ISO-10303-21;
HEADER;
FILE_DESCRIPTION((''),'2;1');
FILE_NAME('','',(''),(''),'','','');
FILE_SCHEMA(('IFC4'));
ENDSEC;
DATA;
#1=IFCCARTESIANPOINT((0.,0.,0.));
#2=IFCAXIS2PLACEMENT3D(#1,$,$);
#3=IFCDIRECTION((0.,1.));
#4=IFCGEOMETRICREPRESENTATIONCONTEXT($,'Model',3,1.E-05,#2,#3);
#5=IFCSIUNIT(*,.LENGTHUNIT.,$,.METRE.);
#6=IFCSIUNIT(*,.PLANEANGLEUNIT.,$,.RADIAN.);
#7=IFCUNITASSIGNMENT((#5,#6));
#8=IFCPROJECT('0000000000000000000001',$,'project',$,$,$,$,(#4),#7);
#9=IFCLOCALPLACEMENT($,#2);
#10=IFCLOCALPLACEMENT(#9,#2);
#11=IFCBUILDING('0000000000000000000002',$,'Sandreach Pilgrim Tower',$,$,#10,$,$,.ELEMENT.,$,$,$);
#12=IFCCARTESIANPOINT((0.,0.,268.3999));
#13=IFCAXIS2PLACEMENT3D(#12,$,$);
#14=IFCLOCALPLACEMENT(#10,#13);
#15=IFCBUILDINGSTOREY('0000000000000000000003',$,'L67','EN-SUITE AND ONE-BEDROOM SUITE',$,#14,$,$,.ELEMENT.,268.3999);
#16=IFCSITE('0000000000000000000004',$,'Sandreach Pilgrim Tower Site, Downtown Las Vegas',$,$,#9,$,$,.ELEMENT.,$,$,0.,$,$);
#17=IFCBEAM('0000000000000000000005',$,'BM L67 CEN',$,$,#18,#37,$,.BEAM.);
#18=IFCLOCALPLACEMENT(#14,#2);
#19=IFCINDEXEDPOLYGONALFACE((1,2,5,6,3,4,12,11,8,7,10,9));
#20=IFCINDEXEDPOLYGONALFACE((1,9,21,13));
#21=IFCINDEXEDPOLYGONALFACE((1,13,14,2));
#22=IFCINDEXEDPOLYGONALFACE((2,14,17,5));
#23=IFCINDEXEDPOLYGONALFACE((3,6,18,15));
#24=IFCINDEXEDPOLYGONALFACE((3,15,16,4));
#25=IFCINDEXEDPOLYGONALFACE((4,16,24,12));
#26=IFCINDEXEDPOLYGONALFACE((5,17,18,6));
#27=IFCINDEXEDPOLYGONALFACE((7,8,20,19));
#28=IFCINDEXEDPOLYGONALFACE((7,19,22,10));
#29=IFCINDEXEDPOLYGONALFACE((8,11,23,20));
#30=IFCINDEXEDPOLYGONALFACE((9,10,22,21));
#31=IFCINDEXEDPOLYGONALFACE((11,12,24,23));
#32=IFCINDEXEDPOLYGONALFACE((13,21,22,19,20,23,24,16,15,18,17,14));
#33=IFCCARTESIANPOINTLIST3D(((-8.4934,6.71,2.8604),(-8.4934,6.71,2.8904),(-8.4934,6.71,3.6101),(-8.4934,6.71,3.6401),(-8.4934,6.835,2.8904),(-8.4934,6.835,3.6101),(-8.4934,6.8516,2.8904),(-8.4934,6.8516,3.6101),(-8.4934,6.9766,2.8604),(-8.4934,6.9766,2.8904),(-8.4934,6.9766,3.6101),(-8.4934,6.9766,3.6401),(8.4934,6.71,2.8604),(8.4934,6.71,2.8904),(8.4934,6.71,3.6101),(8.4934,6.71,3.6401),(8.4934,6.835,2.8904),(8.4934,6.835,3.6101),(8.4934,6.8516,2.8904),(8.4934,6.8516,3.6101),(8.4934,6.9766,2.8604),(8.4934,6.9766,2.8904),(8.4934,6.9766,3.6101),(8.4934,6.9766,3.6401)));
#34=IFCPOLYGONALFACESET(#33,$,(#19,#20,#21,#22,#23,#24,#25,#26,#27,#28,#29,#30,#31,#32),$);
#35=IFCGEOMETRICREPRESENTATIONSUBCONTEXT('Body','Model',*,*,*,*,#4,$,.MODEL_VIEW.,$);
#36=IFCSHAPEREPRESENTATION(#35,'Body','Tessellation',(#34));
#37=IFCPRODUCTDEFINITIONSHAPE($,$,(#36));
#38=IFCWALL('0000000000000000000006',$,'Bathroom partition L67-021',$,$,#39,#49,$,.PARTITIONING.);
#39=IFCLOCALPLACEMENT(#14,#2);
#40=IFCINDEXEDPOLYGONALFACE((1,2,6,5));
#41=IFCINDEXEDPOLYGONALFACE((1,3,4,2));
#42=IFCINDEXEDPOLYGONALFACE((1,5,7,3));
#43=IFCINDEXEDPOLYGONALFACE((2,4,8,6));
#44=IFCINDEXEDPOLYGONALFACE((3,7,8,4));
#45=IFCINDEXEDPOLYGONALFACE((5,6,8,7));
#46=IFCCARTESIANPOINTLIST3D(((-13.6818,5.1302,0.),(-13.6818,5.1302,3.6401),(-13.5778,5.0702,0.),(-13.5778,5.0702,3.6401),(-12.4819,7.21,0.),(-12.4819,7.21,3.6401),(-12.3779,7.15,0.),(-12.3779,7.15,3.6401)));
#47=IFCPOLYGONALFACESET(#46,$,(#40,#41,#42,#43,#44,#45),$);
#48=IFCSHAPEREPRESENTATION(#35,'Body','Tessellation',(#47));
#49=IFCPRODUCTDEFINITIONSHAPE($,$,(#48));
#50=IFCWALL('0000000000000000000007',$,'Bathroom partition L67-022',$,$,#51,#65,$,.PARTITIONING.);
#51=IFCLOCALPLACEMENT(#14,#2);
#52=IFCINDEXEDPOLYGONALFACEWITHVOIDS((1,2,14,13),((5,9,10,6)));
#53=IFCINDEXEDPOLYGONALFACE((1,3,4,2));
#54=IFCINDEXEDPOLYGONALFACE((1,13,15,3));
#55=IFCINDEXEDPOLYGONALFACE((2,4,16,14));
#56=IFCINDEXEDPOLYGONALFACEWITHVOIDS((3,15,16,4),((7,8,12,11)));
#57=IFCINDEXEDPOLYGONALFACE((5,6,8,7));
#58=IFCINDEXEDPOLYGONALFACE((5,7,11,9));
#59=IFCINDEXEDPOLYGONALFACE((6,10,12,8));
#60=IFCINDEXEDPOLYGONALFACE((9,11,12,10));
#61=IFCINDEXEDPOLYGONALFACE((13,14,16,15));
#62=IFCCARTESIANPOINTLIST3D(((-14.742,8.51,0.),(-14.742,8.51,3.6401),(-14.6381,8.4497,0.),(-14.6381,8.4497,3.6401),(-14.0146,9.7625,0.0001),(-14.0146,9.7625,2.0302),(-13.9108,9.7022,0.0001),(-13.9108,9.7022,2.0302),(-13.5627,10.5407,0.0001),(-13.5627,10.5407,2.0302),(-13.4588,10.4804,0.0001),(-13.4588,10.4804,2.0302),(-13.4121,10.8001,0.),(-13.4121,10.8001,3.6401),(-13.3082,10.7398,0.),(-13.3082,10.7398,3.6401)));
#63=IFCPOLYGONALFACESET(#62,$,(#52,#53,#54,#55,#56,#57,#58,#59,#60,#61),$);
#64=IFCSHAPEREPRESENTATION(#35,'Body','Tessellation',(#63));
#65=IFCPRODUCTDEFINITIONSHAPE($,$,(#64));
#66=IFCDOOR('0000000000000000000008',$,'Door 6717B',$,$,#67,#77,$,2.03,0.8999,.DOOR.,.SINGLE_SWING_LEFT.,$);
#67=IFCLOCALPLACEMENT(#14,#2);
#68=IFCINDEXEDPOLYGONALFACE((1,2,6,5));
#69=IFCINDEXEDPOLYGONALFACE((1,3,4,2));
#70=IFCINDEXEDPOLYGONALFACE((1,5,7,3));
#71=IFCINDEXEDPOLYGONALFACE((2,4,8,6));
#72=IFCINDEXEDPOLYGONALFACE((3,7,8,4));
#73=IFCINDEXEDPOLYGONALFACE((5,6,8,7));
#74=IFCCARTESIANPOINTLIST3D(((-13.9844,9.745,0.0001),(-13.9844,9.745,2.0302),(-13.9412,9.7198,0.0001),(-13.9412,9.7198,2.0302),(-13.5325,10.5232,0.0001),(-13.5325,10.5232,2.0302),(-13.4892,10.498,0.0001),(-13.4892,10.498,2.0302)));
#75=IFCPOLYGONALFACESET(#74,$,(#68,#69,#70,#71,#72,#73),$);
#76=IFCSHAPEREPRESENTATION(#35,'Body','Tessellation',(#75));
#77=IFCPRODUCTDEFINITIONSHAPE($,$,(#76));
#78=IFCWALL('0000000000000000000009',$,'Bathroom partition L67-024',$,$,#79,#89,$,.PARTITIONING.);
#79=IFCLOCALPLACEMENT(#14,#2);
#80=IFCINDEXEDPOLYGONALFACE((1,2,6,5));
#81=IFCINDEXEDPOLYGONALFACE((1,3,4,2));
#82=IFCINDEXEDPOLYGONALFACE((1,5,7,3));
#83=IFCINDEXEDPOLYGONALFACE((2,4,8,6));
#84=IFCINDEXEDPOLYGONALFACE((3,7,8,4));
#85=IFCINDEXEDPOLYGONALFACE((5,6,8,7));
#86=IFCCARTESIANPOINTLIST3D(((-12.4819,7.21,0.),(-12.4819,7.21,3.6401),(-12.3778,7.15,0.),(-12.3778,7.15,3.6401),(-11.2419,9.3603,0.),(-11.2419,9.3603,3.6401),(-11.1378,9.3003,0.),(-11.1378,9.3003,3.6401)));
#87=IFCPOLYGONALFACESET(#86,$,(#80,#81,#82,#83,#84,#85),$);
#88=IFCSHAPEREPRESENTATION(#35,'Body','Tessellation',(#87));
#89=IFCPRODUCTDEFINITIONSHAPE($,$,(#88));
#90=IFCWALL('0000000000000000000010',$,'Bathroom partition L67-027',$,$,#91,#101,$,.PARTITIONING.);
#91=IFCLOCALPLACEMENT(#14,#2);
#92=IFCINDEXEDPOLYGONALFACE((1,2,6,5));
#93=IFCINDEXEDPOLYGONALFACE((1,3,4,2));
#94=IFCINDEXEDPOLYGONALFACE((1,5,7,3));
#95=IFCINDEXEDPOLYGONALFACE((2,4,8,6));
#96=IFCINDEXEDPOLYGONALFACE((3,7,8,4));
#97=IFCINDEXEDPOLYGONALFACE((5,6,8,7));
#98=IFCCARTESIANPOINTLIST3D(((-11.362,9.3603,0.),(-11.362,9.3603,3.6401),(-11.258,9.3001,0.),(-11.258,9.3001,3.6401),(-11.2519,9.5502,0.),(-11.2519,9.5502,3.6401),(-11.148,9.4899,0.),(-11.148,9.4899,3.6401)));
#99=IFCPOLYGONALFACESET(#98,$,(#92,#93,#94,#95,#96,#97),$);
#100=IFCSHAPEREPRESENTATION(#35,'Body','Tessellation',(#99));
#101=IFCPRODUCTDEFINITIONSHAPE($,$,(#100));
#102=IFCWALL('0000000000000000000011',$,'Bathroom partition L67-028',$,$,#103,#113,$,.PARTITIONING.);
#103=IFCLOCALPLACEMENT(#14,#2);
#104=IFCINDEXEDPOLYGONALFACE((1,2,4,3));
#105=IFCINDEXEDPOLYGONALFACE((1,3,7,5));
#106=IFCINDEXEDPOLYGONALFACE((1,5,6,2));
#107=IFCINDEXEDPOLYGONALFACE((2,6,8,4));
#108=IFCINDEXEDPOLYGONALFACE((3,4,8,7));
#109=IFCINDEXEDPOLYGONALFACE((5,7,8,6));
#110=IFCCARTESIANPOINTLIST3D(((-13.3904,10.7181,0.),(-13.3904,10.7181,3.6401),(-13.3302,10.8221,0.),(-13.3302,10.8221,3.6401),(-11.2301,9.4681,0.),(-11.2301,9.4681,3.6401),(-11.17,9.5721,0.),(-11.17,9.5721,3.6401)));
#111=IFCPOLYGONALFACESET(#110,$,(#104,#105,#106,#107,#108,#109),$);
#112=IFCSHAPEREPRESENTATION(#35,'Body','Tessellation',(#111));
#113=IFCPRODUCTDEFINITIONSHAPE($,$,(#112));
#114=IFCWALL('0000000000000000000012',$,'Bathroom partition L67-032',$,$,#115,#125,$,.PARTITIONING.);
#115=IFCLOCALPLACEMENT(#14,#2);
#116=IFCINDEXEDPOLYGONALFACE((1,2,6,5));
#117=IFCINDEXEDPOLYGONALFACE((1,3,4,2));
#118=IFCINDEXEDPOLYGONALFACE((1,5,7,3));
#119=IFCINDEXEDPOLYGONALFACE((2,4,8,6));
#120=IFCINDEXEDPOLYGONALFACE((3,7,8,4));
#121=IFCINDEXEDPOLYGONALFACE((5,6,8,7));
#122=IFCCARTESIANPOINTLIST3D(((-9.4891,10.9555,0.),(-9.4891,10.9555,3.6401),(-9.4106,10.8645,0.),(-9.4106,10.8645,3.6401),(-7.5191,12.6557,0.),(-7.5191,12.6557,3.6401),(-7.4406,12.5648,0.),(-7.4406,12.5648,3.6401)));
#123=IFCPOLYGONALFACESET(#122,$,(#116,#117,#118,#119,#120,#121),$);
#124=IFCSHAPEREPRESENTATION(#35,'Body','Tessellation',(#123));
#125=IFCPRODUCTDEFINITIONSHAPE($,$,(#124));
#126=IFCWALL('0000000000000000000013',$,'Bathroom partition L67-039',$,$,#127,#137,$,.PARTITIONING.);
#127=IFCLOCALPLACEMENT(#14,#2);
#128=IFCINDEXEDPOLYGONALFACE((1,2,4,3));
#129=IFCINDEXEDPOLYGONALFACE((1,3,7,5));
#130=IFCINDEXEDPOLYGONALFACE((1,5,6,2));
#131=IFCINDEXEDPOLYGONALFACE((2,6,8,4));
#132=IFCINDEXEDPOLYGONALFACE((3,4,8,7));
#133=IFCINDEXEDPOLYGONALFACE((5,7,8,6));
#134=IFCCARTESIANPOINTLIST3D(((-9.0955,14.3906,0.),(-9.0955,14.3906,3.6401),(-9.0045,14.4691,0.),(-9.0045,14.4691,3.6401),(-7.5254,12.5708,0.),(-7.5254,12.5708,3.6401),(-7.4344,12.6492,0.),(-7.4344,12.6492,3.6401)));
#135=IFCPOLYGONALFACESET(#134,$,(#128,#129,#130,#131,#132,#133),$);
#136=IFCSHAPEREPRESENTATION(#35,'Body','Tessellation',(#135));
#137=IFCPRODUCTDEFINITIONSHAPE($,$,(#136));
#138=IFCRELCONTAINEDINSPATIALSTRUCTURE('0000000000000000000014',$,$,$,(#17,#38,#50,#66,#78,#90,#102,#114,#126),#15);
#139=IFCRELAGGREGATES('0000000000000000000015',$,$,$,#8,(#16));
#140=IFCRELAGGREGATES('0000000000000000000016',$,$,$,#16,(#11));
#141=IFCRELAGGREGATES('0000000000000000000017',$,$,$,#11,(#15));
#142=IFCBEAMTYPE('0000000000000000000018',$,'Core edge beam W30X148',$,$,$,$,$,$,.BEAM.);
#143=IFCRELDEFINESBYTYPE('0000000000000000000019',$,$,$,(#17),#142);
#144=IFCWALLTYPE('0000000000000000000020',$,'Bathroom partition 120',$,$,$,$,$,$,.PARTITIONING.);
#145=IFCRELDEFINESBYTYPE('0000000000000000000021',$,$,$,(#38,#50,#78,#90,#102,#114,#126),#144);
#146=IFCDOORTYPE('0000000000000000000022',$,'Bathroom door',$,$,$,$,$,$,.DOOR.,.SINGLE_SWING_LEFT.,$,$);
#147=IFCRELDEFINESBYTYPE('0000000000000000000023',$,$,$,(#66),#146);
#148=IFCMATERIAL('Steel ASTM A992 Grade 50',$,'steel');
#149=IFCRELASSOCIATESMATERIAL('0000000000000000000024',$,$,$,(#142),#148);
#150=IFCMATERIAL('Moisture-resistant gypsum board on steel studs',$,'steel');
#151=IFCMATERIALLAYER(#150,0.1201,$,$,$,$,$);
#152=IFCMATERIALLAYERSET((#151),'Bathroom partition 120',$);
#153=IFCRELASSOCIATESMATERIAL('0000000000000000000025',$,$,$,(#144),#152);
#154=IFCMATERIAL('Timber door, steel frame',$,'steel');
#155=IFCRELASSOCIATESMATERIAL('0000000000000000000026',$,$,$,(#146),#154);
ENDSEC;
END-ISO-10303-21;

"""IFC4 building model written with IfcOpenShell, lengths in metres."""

from ifc_helpers import new_model, si_unit, direction, frame, frame_2d, origin, origin_2d, place, context, subcontext, project, spatial, rectangle, i_section, extrude, material, layer, layer_set, material_profile, profile_set, type_object, element, fill, save


model = new_model("IFC4")

# Units and contexts
model_context = context("Model", 3, precision=1e-05, world=origin(), true_north=direction((0.0, 1.0)))
body_context = subcontext(model_context, "Body", "Model", "MODEL_VIEW")
ifc_project = project(units=[si_unit("LENGTHUNIT", "METRE"), si_unit("PLANEANGLEUNIT", "RADIAN")], contexts=[model_context])

# Site, building, storey
site_placement = place(None, origin())
site = spatial("IfcSite", under=ifc_project, at=site_placement, Name="Sandreach Pilgrim Tower Site, Downtown Las Vegas", CompositionType="ELEMENT", RefElevation=0.0)
building_placement = place(site_placement, origin())
building = spatial("IfcBuilding", under=site, at=building_placement, Name="Sandreach Pilgrim Tower", CompositionType="ELEMENT")
storey_placement = place(building_placement, frame((0.0, 0.0, 268.3999)))
storey = spatial("IfcBuildingStorey", under=building, at=storey_placement, Name="L67", Description="EN-SUITE AND ONE-BEDROOM SUITE", CompositionType="ELEMENT", Elevation=268.3999)

# Beam
ifc_material_1 = material(Name="Steel ASTM A992 Grade 50", Category="steel")
ifc_material_profile = material_profile(ifc_material_1, i_section(OverallWidth=0.2666, OverallDepth=0.7798, WebThickness=0.0166, FlangeThickness=0.03, at=origin_2d()), Name="W30X148")
ifc_profile_set = profile_set([ifc_material_profile], Name="Steel ASTM A992 Grade 50")
beam_type = type_object("IfcBeamType", Name="Core edge beam W30X148", PredefinedType="BEAM", material=ifc_profile_set)
beam_placement = place(storey_placement, frame((-8.4934, 6.8433, 3.2502), z_axis=(1.0, 0.0, 0.0), x_axis=(0.0, 1.0, 0.0)))
element("IfcBeam", 1, at=beam_placement, inside=storey, type_object=beam_type, Name="BM L67 CEN", PredefinedType="BEAM", context=body_context, shape_type="SweptSolid", body=[
    extrude(i_section(OverallWidth=0.2666, OverallDepth=0.7798, WebThickness=0.0166, FlangeThickness=0.03, at=origin_2d()), origin(), (0.0, 0.0, 1.0), 16.9868),
])

# Wall
ifc_material_2 = material(Name="Moisture-resistant gypsum board on steel studs", Category="steel")
ifc_layer_1 = layer(ifc_material_2, 0.1201)
ifc_layer_set_1 = layer_set([ifc_layer_1], Name="Bathroom partition 120")
wall_type_1 = type_object("IfcWallType", Name="Bathroom partition 120", PredefinedType="PARTITIONING", material=ifc_layer_set_1)
wall_1_placement = place(storey_placement, frame((-13.6299, 5.1001, 0.0), z_axis=(0.0, 0.0, 1.0), x_axis=(0.499737, 0.866177, 0.0)))
element("IfcWall", 2, at=wall_1_placement, inside=storey, type_object=wall_type_1, Name="Bathroom partition L67-021", PredefinedType="PARTITIONING", context=body_context, shape_type="SweptSolid", body=[
    extrude(rectangle(XDim=2.4011, YDim=0.1201, at=frame_2d((1.2007, 0.0))), origin(), (0.0, 0.0, 1.0), 3.6401),
])

# Wall, opening, door
wall_2_placement = place(storey_placement, frame((-13.3601, 10.77, 0.0), z_axis=(0.0, 0.0, 1.0), x_axis=(-0.502173, -0.864767, 0.0)))
wall_2 = element("IfcWall", 3, at=wall_2_placement, inside=storey, type_object=wall_type_1, Name="Bathroom partition L67-022", PredefinedType="PARTITIONING", context=body_context, shape_type="SweptSolid", body=[
    extrude(rectangle(XDim=2.6482, YDim=0.1201, at=frame_2d((1.3242, 0.0))), origin(), (0.0, 0.0, 1.0), 3.6401),
])
opening_1_placement = place(wall_2_placement, frame((0.3, 0.0, 0.0)))
opening_1 = element("IfcOpeningElement", 4, at=opening_1_placement, cuts=wall_2, PredefinedType="OPENING", context=body_context, shape_type="SweptSolid", body=[
    extrude(rectangle(XDim=0.8999, YDim=2.03, at=frame_2d((0.45, 1.0151))), frame((0.0, 0.0601, 0.0), z_axis=(0.0, -1.0, 0.0), x_axis=(1.0, 0.0, 0.0)), (0.0, 0.0, 1.0), 0.1201),
])
ifc_material_3 = material(Name="Timber door, steel frame", Category="steel")
door_type_1 = type_object("IfcDoorType", Name="Bathroom door", OperationType="SINGLE_SWING_LEFT", PredefinedType="DOOR", material=ifc_material_3)
door_1_placement = place(opening_1_placement, origin())
door_1 = element("IfcDoor", 5, at=door_1_placement, inside=storey, type_object=door_type_1, Name="Door 6717B", OperationType="SINGLE_SWING_LEFT", OverallHeight=2.03, OverallWidth=0.8999, PredefinedType="DOOR", context=body_context, shape_type="SweptSolid", body=[
    extrude(rectangle(XDim=0.8999, YDim=2.03, at=frame_2d((0.45, 1.0151))), frame((0.0, 0.0249, 0.0), z_axis=(0.0, -1.0, 0.0), x_axis=(1.0, 0.0, 0.0)), (0.0, 0.0, 1.0), 0.05),
])
fill(opening_1, door_1)

# Walls
wall_3_placement = place(storey_placement, frame((-12.4299, 7.1799, 0.0), z_axis=(0.0, 0.0, 1.0), x_axis=(0.499578, 0.866269, 0.0)))
element("IfcWall", 6, at=wall_3_placement, inside=storey, type_object=wall_type_1, Name="Bathroom partition L67-024", PredefinedType="PARTITIONING", context=body_context, shape_type="SweptSolid", body=[
    extrude(rectangle(XDim=2.4822, YDim=0.1201, at=frame_2d((1.2412, 0.0))), origin(), (0.0, 0.0, 1.0), 3.6401),
])
wall_4_placement = place(storey_placement, frame((-11.3101, 9.3301, 0.0), z_axis=(0.0, 0.0, 1.0), x_axis=(0.501518, 0.865147, 0.0)))
element("IfcWall", 7, at=wall_4_placement, inside=storey, type_object=wall_type_1, Name="Bathroom partition L67-027", PredefinedType="PARTITIONING", context=body_context, shape_type="SweptSolid", body=[
    extrude(rectangle(XDim=0.2195, YDim=0.1201, at=frame_2d((0.1099, 0.0))), origin(), (0.0, 0.0, 1.0), 3.6401),
])
wall_5_placement = place(storey_placement, frame((-11.2, 9.52, 0.0), z_axis=(0.0, 0.0, 1.0), x_axis=(-0.865533, 0.500851, 0.0)))
element("IfcWall", 8, at=wall_5_placement, inside=storey, type_object=wall_type_1, Name="Bathroom partition L67-028", PredefinedType="PARTITIONING", context=body_context, shape_type="SweptSolid", body=[
    extrude(rectangle(XDim=2.4958, YDim=0.1201, at=frame_2d((1.248, 0.0))), origin(), (0.0, 0.0, 1.0), 3.6401),
])
wall_6_placement = place(storey_placement, frame((-9.45, 10.9099, 0.0), z_axis=(0.0, 0.0, 1.0), x_axis=(0.75704, 0.653368, 0.0)))
element("IfcWall", 9, at=wall_6_placement, inside=storey, type_object=wall_type_1, Name="Bathroom partition L67-032", PredefinedType="PARTITIONING", context=body_context, shape_type="SweptSolid", body=[
    extrude(rectangle(XDim=2.6023, YDim=0.1201, at=frame_2d((1.3013, 0.0))), origin(), (0.0, 0.0, 1.0), 3.6401),
])
wall_7_placement = place(storey_placement, frame((-7.48, 12.6101, 0.0), z_axis=(0.0, 0.0, 1.0), x_axis=(-0.653239, 0.757152, 0.0)))
element("IfcWall", 10, at=wall_7_placement, inside=storey, type_object=wall_type_1, Name="Bathroom partition L67-039", PredefinedType="PARTITIONING", context=body_context, shape_type="SweptSolid", body=[
    extrude(rectangle(XDim=2.4036, YDim=0.1201, at=frame_2d((1.2017, 0.0))), origin(), (0.0, 0.0, 1.0), 3.6401),
])

save(model, "model.ifc")
